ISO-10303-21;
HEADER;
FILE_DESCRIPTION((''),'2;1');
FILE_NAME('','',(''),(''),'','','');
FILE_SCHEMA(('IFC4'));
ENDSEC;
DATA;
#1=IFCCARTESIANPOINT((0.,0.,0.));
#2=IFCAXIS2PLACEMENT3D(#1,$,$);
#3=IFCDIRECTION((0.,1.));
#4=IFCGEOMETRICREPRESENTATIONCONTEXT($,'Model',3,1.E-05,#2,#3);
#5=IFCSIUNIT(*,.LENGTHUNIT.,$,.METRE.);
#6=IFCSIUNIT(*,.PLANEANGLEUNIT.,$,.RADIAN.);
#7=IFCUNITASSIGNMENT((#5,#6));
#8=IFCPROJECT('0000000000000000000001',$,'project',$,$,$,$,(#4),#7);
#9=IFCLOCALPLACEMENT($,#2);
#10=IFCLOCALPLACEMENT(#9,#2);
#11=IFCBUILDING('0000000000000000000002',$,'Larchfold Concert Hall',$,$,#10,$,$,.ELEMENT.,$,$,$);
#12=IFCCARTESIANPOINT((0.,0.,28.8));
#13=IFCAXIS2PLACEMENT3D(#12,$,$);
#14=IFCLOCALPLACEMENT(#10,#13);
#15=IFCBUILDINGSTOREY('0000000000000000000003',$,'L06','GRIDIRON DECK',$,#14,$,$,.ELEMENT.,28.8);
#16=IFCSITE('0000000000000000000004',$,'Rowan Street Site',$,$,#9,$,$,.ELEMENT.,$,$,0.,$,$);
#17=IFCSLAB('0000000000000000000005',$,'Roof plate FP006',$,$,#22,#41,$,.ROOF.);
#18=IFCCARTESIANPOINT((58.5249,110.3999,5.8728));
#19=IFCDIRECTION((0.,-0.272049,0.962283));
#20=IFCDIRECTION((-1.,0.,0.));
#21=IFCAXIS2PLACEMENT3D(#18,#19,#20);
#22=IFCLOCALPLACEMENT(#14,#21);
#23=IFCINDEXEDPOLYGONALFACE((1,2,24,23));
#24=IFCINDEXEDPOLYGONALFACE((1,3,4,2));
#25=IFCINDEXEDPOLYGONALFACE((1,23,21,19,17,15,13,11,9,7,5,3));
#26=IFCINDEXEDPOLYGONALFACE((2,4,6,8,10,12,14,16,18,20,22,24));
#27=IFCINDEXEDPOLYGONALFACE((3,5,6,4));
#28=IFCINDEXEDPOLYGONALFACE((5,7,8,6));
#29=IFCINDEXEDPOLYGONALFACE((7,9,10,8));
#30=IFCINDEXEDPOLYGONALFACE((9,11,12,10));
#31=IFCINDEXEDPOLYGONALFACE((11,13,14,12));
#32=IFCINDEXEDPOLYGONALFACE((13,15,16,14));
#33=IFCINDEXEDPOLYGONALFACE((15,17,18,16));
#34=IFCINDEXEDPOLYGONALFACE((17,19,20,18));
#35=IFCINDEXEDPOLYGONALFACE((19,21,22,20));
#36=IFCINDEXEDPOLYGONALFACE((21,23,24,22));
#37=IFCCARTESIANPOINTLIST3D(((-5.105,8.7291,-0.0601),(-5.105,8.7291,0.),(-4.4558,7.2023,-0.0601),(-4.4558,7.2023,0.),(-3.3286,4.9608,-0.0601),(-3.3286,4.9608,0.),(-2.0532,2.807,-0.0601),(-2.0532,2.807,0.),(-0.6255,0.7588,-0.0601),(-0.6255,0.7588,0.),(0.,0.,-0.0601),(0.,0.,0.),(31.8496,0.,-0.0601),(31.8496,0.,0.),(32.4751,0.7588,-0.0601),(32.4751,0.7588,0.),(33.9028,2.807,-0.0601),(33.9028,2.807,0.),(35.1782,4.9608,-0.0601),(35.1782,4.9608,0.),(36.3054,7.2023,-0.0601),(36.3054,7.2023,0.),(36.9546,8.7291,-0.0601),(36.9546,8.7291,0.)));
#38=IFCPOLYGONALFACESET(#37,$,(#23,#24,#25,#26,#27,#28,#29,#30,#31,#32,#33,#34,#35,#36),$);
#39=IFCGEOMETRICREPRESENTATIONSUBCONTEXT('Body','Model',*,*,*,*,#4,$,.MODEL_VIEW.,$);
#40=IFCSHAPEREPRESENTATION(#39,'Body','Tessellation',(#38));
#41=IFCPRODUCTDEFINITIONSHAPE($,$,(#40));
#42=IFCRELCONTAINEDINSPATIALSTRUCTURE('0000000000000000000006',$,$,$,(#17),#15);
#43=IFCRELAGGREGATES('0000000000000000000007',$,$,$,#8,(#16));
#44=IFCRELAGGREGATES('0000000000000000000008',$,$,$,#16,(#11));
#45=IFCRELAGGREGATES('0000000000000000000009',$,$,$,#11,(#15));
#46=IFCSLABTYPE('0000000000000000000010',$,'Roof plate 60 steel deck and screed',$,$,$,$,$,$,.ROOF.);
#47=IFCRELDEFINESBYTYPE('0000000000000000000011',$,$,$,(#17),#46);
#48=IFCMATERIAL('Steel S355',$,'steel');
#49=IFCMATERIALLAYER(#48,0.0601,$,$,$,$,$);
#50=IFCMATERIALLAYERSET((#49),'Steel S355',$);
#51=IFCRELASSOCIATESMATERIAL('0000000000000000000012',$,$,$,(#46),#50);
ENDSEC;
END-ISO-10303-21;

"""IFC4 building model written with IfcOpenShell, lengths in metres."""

from ifc_helpers import new_model, si_unit, direction, frame, origin, place, context, subcontext, project, spatial, polyline, outline, extrude, material, layer, layer_set, type_object, element, save


model = new_model("IFC4")

# Units and contexts
model_context = context("Model", 3, precision=1e-05, world=origin(), true_north=direction((0.0, 1.0)))
body_context = subcontext(model_context, "Body", "Model", "MODEL_VIEW")
ifc_project = project(units=[si_unit("LENGTHUNIT", "METRE"), si_unit("PLANEANGLEUNIT", "RADIAN")], contexts=[model_context])

# Site, building, storey
site_placement = place(None, origin())
site = spatial("IfcSite", under=ifc_project, at=site_placement, Name="Rowan Street Site", CompositionType="ELEMENT", RefElevation=0.0)
building_placement = place(site_placement, origin())
building = spatial("IfcBuilding", under=site, at=building_placement, Name="Larchfold Concert Hall", CompositionType="ELEMENT")
storey_placement = place(building_placement, frame((0.0, 0.0, 28.8)))
storey = spatial("IfcBuildingStorey", under=building, at=storey_placement, Name="L06", Description="GRIDIRON DECK", CompositionType="ELEMENT", Elevation=28.8)

# Slab
ifc_material_1 = material(Name="Steel S355", Category="steel")
ifc_layer_1 = layer(ifc_material_1, 0.0601)
ifc_layer_set_1 = layer_set([ifc_layer_1], Name="Steel S355")
slab_type = type_object("IfcSlabType", Name="Roof plate 60 steel deck and screed", PredefinedType="ROOF", material=ifc_layer_set_1)
slab_placement = place(storey_placement, frame((58.5249, 110.3999, 5.8728), z_axis=(0.0, -0.272049, 0.962283), x_axis=(-1.0, 0.0, 0.0)))
element("IfcSlab", 1, at=slab_placement, inside=storey, type_object=slab_type, Name="Roof plate FP006", PredefinedType="ROOF", context=body_context, shape_type="SweptSolid", body=[
    extrude(outline(polyline([(0.0, 0.0), (31.8496, 0.0), (32.4751, 0.7588), (33.9028, 2.807), (35.1782, 4.9608), (36.3054, 7.2023), (36.9546, 8.7291), (-5.105, 8.7291), (-4.4558, 7.2023), (-3.3286, 4.9608), (-2.0532, 2.807), (-0.6255, 0.7588), (0.0, 0.0)])), origin(), (0.0, 0.0, -1.0), 0.0601),
])

save(model, "model.ifc")
